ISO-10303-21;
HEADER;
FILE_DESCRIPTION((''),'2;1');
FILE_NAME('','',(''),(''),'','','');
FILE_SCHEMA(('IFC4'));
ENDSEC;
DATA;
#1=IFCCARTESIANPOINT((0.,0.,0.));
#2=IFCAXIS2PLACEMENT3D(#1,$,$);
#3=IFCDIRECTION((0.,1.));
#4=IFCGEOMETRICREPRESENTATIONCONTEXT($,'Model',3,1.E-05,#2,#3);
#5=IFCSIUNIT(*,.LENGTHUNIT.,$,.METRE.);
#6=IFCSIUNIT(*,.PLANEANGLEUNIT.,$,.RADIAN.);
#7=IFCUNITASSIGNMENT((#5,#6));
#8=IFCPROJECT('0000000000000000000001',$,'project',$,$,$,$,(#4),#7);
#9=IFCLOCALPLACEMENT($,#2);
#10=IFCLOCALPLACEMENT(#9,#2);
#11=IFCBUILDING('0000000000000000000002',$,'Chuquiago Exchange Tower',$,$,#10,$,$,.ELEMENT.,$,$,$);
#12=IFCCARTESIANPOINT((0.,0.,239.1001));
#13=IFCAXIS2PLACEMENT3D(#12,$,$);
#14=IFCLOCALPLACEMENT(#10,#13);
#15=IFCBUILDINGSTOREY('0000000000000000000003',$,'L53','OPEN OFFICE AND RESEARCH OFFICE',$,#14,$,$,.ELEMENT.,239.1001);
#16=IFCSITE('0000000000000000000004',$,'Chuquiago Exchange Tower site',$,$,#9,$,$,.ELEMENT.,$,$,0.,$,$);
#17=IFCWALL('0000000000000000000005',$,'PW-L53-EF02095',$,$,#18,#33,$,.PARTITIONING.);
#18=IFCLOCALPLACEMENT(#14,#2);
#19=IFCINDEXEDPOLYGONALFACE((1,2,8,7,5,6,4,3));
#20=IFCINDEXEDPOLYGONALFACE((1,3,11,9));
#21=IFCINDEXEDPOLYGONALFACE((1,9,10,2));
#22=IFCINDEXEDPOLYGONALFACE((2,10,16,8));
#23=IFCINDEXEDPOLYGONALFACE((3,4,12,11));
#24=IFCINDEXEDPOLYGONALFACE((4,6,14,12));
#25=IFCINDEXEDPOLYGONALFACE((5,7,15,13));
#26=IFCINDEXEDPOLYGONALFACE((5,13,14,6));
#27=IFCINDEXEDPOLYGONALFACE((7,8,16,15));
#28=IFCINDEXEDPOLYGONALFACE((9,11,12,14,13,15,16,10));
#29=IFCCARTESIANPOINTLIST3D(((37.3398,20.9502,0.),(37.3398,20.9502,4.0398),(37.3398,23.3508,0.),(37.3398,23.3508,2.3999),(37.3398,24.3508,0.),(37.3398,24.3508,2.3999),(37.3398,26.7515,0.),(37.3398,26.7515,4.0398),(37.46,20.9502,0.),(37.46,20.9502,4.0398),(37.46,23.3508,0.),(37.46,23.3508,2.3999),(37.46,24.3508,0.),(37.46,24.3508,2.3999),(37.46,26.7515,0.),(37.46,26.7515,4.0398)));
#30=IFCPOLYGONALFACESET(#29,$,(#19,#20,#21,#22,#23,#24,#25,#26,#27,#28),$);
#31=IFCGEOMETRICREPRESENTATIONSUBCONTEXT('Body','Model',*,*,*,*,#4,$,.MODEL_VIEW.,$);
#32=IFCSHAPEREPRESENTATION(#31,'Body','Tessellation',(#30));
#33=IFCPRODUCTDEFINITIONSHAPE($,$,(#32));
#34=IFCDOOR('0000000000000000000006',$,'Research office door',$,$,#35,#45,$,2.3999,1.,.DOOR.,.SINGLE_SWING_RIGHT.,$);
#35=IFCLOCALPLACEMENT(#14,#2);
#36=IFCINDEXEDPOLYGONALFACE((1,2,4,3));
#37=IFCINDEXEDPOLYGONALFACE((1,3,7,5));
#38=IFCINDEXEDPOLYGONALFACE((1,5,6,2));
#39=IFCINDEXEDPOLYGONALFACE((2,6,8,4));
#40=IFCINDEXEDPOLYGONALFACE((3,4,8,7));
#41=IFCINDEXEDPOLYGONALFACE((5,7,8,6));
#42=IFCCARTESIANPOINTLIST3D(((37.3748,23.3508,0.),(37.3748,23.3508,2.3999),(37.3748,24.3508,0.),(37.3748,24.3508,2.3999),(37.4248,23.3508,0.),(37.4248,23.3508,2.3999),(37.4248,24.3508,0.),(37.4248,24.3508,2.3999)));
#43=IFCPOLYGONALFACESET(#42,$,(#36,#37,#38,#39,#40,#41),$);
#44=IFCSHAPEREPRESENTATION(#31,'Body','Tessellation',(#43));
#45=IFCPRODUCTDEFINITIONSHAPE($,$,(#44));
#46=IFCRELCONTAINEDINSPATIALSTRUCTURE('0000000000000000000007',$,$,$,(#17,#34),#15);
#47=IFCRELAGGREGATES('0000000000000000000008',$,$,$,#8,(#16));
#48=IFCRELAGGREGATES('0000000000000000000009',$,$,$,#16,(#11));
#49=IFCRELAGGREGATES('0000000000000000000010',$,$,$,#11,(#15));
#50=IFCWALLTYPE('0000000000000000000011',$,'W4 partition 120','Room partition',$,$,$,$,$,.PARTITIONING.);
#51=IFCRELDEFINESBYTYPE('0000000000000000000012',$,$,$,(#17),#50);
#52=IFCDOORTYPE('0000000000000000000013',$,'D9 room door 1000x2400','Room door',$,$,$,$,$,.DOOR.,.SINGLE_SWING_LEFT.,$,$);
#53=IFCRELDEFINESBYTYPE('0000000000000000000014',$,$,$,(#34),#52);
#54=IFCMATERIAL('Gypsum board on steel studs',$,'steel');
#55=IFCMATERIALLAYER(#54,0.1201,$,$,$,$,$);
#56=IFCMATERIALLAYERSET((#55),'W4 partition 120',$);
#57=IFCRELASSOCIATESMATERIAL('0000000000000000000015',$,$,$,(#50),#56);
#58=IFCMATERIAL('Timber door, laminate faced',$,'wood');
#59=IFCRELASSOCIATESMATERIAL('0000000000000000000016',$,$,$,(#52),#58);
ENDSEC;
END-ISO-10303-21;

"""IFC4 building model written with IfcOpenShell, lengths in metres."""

from ifc_helpers import new_model, si_unit, direction, frame, frame_2d, origin, place, context, subcontext, project, spatial, rectangle, extrude, material, layer, layer_set, type_object, element, fill, save


model = new_model("IFC4")

# Units and contexts
model_context = context("Model", 3, precision=1e-05, world=origin(), true_north=direction((0.0, 1.0)))
body_context = subcontext(model_context, "Body", "Model", "MODEL_VIEW")
ifc_project = project(units=[si_unit("LENGTHUNIT", "METRE"), si_unit("PLANEANGLEUNIT", "RADIAN")], contexts=[model_context])

# Site, building, storey
site_placement = place(None, origin())
site = spatial("IfcSite", under=ifc_project, at=site_placement, Name="Chuquiago Exchange Tower site", CompositionType="ELEMENT", RefElevation=0.0)
building_placement = place(site_placement, origin())
building = spatial("IfcBuilding", under=site, at=building_placement, Name="Chuquiago Exchange Tower", CompositionType="ELEMENT")
storey_placement = place(building_placement, frame((0.0, 0.0, 239.1001)))
storey = spatial("IfcBuildingStorey", under=building, at=storey_placement, Name="L53", Description="OPEN OFFICE AND RESEARCH OFFICE", CompositionType="ELEMENT", Elevation=239.1001)

# Shared definitions
ifc_material_1 = material(Name="Gypsum board on steel studs", Category="steel")
ifc_layer_1 = layer(ifc_material_1, 0.1201)
ifc_layer_set_1 = layer_set([ifc_layer_1], Name="W4 partition 120")
wall_type_1 = type_object("IfcWallType", Name="W4 partition 120", Description="Room partition", PredefinedType="PARTITIONING", material=ifc_layer_set_1)

# Wall, opening, door
wall_1_placement = place(storey_placement, frame((37.3999, 20.9502, 0.0), z_axis=(0.0, 0.0, 1.0), x_axis=(0.0, 1.0, 0.0)))
wall_1 = element("IfcWall", 1, at=wall_1_placement, inside=storey, type_object=wall_type_1, Name="PW-L53-EF02095", PredefinedType="PARTITIONING", context=body_context, shape_type="SweptSolid", body=[
    extrude(rectangle(XDim=5.8013, YDim=0.1201, at=frame_2d((2.9006, 0.0))), origin(), (0.0, 0.0, 1.0), 4.0398),
])
opening_1_placement = place(wall_1_placement, frame((2.4006, 0.0, 0.0)))
opening_1 = element("IfcOpeningElement", 2, at=opening_1_placement, cuts=wall_1, PredefinedType="OPENING", context=body_context, shape_type="SweptSolid", body=[
    extrude(rectangle(XDim=1.0, YDim=2.3999, at=frame_2d((0.5, 1.2))), frame((0.0, 0.0701, 0.0), z_axis=(0.0, -1.0, 0.0), x_axis=(1.0, 0.0, 0.0)), (0.0, 0.0, 1.0), 0.1401),
])
ifc_material_2 = material(Name="Timber door, laminate faced", Category="wood")
door_type_1 = type_object("IfcDoorType", Name="D9 room door 1000x2400", Description="Room door", OperationType="SINGLE_SWING_LEFT", PredefinedType="DOOR", material=ifc_material_2)
door_1_placement = place(opening_1_placement, frame((1.0, 0.0, 0.0), z_axis=(0.0, 0.0, 1.0), x_axis=(-1.0, 0.0, 0.0)))
door_1 = element("IfcDoor", 3, at=door_1_placement, inside=storey, type_object=door_type_1, Name="Research office door", OperationType="SINGLE_SWING_RIGHT", OverallHeight=2.3999, OverallWidth=1.0, PredefinedType="DOOR", context=body_context, shape_type="SweptSolid", body=[
    extrude(rectangle(XDim=1.0, YDim=2.3999, at=frame_2d((0.5, 1.2))), frame((0.0, 0.0249, 0.0), z_axis=(0.0, -1.0, 0.0), x_axis=(1.0, 0.0, 0.0)), (0.0, 0.0, 1.0), 0.05),
])
fill(opening_1, door_1)

save(model, "model.ifc")
